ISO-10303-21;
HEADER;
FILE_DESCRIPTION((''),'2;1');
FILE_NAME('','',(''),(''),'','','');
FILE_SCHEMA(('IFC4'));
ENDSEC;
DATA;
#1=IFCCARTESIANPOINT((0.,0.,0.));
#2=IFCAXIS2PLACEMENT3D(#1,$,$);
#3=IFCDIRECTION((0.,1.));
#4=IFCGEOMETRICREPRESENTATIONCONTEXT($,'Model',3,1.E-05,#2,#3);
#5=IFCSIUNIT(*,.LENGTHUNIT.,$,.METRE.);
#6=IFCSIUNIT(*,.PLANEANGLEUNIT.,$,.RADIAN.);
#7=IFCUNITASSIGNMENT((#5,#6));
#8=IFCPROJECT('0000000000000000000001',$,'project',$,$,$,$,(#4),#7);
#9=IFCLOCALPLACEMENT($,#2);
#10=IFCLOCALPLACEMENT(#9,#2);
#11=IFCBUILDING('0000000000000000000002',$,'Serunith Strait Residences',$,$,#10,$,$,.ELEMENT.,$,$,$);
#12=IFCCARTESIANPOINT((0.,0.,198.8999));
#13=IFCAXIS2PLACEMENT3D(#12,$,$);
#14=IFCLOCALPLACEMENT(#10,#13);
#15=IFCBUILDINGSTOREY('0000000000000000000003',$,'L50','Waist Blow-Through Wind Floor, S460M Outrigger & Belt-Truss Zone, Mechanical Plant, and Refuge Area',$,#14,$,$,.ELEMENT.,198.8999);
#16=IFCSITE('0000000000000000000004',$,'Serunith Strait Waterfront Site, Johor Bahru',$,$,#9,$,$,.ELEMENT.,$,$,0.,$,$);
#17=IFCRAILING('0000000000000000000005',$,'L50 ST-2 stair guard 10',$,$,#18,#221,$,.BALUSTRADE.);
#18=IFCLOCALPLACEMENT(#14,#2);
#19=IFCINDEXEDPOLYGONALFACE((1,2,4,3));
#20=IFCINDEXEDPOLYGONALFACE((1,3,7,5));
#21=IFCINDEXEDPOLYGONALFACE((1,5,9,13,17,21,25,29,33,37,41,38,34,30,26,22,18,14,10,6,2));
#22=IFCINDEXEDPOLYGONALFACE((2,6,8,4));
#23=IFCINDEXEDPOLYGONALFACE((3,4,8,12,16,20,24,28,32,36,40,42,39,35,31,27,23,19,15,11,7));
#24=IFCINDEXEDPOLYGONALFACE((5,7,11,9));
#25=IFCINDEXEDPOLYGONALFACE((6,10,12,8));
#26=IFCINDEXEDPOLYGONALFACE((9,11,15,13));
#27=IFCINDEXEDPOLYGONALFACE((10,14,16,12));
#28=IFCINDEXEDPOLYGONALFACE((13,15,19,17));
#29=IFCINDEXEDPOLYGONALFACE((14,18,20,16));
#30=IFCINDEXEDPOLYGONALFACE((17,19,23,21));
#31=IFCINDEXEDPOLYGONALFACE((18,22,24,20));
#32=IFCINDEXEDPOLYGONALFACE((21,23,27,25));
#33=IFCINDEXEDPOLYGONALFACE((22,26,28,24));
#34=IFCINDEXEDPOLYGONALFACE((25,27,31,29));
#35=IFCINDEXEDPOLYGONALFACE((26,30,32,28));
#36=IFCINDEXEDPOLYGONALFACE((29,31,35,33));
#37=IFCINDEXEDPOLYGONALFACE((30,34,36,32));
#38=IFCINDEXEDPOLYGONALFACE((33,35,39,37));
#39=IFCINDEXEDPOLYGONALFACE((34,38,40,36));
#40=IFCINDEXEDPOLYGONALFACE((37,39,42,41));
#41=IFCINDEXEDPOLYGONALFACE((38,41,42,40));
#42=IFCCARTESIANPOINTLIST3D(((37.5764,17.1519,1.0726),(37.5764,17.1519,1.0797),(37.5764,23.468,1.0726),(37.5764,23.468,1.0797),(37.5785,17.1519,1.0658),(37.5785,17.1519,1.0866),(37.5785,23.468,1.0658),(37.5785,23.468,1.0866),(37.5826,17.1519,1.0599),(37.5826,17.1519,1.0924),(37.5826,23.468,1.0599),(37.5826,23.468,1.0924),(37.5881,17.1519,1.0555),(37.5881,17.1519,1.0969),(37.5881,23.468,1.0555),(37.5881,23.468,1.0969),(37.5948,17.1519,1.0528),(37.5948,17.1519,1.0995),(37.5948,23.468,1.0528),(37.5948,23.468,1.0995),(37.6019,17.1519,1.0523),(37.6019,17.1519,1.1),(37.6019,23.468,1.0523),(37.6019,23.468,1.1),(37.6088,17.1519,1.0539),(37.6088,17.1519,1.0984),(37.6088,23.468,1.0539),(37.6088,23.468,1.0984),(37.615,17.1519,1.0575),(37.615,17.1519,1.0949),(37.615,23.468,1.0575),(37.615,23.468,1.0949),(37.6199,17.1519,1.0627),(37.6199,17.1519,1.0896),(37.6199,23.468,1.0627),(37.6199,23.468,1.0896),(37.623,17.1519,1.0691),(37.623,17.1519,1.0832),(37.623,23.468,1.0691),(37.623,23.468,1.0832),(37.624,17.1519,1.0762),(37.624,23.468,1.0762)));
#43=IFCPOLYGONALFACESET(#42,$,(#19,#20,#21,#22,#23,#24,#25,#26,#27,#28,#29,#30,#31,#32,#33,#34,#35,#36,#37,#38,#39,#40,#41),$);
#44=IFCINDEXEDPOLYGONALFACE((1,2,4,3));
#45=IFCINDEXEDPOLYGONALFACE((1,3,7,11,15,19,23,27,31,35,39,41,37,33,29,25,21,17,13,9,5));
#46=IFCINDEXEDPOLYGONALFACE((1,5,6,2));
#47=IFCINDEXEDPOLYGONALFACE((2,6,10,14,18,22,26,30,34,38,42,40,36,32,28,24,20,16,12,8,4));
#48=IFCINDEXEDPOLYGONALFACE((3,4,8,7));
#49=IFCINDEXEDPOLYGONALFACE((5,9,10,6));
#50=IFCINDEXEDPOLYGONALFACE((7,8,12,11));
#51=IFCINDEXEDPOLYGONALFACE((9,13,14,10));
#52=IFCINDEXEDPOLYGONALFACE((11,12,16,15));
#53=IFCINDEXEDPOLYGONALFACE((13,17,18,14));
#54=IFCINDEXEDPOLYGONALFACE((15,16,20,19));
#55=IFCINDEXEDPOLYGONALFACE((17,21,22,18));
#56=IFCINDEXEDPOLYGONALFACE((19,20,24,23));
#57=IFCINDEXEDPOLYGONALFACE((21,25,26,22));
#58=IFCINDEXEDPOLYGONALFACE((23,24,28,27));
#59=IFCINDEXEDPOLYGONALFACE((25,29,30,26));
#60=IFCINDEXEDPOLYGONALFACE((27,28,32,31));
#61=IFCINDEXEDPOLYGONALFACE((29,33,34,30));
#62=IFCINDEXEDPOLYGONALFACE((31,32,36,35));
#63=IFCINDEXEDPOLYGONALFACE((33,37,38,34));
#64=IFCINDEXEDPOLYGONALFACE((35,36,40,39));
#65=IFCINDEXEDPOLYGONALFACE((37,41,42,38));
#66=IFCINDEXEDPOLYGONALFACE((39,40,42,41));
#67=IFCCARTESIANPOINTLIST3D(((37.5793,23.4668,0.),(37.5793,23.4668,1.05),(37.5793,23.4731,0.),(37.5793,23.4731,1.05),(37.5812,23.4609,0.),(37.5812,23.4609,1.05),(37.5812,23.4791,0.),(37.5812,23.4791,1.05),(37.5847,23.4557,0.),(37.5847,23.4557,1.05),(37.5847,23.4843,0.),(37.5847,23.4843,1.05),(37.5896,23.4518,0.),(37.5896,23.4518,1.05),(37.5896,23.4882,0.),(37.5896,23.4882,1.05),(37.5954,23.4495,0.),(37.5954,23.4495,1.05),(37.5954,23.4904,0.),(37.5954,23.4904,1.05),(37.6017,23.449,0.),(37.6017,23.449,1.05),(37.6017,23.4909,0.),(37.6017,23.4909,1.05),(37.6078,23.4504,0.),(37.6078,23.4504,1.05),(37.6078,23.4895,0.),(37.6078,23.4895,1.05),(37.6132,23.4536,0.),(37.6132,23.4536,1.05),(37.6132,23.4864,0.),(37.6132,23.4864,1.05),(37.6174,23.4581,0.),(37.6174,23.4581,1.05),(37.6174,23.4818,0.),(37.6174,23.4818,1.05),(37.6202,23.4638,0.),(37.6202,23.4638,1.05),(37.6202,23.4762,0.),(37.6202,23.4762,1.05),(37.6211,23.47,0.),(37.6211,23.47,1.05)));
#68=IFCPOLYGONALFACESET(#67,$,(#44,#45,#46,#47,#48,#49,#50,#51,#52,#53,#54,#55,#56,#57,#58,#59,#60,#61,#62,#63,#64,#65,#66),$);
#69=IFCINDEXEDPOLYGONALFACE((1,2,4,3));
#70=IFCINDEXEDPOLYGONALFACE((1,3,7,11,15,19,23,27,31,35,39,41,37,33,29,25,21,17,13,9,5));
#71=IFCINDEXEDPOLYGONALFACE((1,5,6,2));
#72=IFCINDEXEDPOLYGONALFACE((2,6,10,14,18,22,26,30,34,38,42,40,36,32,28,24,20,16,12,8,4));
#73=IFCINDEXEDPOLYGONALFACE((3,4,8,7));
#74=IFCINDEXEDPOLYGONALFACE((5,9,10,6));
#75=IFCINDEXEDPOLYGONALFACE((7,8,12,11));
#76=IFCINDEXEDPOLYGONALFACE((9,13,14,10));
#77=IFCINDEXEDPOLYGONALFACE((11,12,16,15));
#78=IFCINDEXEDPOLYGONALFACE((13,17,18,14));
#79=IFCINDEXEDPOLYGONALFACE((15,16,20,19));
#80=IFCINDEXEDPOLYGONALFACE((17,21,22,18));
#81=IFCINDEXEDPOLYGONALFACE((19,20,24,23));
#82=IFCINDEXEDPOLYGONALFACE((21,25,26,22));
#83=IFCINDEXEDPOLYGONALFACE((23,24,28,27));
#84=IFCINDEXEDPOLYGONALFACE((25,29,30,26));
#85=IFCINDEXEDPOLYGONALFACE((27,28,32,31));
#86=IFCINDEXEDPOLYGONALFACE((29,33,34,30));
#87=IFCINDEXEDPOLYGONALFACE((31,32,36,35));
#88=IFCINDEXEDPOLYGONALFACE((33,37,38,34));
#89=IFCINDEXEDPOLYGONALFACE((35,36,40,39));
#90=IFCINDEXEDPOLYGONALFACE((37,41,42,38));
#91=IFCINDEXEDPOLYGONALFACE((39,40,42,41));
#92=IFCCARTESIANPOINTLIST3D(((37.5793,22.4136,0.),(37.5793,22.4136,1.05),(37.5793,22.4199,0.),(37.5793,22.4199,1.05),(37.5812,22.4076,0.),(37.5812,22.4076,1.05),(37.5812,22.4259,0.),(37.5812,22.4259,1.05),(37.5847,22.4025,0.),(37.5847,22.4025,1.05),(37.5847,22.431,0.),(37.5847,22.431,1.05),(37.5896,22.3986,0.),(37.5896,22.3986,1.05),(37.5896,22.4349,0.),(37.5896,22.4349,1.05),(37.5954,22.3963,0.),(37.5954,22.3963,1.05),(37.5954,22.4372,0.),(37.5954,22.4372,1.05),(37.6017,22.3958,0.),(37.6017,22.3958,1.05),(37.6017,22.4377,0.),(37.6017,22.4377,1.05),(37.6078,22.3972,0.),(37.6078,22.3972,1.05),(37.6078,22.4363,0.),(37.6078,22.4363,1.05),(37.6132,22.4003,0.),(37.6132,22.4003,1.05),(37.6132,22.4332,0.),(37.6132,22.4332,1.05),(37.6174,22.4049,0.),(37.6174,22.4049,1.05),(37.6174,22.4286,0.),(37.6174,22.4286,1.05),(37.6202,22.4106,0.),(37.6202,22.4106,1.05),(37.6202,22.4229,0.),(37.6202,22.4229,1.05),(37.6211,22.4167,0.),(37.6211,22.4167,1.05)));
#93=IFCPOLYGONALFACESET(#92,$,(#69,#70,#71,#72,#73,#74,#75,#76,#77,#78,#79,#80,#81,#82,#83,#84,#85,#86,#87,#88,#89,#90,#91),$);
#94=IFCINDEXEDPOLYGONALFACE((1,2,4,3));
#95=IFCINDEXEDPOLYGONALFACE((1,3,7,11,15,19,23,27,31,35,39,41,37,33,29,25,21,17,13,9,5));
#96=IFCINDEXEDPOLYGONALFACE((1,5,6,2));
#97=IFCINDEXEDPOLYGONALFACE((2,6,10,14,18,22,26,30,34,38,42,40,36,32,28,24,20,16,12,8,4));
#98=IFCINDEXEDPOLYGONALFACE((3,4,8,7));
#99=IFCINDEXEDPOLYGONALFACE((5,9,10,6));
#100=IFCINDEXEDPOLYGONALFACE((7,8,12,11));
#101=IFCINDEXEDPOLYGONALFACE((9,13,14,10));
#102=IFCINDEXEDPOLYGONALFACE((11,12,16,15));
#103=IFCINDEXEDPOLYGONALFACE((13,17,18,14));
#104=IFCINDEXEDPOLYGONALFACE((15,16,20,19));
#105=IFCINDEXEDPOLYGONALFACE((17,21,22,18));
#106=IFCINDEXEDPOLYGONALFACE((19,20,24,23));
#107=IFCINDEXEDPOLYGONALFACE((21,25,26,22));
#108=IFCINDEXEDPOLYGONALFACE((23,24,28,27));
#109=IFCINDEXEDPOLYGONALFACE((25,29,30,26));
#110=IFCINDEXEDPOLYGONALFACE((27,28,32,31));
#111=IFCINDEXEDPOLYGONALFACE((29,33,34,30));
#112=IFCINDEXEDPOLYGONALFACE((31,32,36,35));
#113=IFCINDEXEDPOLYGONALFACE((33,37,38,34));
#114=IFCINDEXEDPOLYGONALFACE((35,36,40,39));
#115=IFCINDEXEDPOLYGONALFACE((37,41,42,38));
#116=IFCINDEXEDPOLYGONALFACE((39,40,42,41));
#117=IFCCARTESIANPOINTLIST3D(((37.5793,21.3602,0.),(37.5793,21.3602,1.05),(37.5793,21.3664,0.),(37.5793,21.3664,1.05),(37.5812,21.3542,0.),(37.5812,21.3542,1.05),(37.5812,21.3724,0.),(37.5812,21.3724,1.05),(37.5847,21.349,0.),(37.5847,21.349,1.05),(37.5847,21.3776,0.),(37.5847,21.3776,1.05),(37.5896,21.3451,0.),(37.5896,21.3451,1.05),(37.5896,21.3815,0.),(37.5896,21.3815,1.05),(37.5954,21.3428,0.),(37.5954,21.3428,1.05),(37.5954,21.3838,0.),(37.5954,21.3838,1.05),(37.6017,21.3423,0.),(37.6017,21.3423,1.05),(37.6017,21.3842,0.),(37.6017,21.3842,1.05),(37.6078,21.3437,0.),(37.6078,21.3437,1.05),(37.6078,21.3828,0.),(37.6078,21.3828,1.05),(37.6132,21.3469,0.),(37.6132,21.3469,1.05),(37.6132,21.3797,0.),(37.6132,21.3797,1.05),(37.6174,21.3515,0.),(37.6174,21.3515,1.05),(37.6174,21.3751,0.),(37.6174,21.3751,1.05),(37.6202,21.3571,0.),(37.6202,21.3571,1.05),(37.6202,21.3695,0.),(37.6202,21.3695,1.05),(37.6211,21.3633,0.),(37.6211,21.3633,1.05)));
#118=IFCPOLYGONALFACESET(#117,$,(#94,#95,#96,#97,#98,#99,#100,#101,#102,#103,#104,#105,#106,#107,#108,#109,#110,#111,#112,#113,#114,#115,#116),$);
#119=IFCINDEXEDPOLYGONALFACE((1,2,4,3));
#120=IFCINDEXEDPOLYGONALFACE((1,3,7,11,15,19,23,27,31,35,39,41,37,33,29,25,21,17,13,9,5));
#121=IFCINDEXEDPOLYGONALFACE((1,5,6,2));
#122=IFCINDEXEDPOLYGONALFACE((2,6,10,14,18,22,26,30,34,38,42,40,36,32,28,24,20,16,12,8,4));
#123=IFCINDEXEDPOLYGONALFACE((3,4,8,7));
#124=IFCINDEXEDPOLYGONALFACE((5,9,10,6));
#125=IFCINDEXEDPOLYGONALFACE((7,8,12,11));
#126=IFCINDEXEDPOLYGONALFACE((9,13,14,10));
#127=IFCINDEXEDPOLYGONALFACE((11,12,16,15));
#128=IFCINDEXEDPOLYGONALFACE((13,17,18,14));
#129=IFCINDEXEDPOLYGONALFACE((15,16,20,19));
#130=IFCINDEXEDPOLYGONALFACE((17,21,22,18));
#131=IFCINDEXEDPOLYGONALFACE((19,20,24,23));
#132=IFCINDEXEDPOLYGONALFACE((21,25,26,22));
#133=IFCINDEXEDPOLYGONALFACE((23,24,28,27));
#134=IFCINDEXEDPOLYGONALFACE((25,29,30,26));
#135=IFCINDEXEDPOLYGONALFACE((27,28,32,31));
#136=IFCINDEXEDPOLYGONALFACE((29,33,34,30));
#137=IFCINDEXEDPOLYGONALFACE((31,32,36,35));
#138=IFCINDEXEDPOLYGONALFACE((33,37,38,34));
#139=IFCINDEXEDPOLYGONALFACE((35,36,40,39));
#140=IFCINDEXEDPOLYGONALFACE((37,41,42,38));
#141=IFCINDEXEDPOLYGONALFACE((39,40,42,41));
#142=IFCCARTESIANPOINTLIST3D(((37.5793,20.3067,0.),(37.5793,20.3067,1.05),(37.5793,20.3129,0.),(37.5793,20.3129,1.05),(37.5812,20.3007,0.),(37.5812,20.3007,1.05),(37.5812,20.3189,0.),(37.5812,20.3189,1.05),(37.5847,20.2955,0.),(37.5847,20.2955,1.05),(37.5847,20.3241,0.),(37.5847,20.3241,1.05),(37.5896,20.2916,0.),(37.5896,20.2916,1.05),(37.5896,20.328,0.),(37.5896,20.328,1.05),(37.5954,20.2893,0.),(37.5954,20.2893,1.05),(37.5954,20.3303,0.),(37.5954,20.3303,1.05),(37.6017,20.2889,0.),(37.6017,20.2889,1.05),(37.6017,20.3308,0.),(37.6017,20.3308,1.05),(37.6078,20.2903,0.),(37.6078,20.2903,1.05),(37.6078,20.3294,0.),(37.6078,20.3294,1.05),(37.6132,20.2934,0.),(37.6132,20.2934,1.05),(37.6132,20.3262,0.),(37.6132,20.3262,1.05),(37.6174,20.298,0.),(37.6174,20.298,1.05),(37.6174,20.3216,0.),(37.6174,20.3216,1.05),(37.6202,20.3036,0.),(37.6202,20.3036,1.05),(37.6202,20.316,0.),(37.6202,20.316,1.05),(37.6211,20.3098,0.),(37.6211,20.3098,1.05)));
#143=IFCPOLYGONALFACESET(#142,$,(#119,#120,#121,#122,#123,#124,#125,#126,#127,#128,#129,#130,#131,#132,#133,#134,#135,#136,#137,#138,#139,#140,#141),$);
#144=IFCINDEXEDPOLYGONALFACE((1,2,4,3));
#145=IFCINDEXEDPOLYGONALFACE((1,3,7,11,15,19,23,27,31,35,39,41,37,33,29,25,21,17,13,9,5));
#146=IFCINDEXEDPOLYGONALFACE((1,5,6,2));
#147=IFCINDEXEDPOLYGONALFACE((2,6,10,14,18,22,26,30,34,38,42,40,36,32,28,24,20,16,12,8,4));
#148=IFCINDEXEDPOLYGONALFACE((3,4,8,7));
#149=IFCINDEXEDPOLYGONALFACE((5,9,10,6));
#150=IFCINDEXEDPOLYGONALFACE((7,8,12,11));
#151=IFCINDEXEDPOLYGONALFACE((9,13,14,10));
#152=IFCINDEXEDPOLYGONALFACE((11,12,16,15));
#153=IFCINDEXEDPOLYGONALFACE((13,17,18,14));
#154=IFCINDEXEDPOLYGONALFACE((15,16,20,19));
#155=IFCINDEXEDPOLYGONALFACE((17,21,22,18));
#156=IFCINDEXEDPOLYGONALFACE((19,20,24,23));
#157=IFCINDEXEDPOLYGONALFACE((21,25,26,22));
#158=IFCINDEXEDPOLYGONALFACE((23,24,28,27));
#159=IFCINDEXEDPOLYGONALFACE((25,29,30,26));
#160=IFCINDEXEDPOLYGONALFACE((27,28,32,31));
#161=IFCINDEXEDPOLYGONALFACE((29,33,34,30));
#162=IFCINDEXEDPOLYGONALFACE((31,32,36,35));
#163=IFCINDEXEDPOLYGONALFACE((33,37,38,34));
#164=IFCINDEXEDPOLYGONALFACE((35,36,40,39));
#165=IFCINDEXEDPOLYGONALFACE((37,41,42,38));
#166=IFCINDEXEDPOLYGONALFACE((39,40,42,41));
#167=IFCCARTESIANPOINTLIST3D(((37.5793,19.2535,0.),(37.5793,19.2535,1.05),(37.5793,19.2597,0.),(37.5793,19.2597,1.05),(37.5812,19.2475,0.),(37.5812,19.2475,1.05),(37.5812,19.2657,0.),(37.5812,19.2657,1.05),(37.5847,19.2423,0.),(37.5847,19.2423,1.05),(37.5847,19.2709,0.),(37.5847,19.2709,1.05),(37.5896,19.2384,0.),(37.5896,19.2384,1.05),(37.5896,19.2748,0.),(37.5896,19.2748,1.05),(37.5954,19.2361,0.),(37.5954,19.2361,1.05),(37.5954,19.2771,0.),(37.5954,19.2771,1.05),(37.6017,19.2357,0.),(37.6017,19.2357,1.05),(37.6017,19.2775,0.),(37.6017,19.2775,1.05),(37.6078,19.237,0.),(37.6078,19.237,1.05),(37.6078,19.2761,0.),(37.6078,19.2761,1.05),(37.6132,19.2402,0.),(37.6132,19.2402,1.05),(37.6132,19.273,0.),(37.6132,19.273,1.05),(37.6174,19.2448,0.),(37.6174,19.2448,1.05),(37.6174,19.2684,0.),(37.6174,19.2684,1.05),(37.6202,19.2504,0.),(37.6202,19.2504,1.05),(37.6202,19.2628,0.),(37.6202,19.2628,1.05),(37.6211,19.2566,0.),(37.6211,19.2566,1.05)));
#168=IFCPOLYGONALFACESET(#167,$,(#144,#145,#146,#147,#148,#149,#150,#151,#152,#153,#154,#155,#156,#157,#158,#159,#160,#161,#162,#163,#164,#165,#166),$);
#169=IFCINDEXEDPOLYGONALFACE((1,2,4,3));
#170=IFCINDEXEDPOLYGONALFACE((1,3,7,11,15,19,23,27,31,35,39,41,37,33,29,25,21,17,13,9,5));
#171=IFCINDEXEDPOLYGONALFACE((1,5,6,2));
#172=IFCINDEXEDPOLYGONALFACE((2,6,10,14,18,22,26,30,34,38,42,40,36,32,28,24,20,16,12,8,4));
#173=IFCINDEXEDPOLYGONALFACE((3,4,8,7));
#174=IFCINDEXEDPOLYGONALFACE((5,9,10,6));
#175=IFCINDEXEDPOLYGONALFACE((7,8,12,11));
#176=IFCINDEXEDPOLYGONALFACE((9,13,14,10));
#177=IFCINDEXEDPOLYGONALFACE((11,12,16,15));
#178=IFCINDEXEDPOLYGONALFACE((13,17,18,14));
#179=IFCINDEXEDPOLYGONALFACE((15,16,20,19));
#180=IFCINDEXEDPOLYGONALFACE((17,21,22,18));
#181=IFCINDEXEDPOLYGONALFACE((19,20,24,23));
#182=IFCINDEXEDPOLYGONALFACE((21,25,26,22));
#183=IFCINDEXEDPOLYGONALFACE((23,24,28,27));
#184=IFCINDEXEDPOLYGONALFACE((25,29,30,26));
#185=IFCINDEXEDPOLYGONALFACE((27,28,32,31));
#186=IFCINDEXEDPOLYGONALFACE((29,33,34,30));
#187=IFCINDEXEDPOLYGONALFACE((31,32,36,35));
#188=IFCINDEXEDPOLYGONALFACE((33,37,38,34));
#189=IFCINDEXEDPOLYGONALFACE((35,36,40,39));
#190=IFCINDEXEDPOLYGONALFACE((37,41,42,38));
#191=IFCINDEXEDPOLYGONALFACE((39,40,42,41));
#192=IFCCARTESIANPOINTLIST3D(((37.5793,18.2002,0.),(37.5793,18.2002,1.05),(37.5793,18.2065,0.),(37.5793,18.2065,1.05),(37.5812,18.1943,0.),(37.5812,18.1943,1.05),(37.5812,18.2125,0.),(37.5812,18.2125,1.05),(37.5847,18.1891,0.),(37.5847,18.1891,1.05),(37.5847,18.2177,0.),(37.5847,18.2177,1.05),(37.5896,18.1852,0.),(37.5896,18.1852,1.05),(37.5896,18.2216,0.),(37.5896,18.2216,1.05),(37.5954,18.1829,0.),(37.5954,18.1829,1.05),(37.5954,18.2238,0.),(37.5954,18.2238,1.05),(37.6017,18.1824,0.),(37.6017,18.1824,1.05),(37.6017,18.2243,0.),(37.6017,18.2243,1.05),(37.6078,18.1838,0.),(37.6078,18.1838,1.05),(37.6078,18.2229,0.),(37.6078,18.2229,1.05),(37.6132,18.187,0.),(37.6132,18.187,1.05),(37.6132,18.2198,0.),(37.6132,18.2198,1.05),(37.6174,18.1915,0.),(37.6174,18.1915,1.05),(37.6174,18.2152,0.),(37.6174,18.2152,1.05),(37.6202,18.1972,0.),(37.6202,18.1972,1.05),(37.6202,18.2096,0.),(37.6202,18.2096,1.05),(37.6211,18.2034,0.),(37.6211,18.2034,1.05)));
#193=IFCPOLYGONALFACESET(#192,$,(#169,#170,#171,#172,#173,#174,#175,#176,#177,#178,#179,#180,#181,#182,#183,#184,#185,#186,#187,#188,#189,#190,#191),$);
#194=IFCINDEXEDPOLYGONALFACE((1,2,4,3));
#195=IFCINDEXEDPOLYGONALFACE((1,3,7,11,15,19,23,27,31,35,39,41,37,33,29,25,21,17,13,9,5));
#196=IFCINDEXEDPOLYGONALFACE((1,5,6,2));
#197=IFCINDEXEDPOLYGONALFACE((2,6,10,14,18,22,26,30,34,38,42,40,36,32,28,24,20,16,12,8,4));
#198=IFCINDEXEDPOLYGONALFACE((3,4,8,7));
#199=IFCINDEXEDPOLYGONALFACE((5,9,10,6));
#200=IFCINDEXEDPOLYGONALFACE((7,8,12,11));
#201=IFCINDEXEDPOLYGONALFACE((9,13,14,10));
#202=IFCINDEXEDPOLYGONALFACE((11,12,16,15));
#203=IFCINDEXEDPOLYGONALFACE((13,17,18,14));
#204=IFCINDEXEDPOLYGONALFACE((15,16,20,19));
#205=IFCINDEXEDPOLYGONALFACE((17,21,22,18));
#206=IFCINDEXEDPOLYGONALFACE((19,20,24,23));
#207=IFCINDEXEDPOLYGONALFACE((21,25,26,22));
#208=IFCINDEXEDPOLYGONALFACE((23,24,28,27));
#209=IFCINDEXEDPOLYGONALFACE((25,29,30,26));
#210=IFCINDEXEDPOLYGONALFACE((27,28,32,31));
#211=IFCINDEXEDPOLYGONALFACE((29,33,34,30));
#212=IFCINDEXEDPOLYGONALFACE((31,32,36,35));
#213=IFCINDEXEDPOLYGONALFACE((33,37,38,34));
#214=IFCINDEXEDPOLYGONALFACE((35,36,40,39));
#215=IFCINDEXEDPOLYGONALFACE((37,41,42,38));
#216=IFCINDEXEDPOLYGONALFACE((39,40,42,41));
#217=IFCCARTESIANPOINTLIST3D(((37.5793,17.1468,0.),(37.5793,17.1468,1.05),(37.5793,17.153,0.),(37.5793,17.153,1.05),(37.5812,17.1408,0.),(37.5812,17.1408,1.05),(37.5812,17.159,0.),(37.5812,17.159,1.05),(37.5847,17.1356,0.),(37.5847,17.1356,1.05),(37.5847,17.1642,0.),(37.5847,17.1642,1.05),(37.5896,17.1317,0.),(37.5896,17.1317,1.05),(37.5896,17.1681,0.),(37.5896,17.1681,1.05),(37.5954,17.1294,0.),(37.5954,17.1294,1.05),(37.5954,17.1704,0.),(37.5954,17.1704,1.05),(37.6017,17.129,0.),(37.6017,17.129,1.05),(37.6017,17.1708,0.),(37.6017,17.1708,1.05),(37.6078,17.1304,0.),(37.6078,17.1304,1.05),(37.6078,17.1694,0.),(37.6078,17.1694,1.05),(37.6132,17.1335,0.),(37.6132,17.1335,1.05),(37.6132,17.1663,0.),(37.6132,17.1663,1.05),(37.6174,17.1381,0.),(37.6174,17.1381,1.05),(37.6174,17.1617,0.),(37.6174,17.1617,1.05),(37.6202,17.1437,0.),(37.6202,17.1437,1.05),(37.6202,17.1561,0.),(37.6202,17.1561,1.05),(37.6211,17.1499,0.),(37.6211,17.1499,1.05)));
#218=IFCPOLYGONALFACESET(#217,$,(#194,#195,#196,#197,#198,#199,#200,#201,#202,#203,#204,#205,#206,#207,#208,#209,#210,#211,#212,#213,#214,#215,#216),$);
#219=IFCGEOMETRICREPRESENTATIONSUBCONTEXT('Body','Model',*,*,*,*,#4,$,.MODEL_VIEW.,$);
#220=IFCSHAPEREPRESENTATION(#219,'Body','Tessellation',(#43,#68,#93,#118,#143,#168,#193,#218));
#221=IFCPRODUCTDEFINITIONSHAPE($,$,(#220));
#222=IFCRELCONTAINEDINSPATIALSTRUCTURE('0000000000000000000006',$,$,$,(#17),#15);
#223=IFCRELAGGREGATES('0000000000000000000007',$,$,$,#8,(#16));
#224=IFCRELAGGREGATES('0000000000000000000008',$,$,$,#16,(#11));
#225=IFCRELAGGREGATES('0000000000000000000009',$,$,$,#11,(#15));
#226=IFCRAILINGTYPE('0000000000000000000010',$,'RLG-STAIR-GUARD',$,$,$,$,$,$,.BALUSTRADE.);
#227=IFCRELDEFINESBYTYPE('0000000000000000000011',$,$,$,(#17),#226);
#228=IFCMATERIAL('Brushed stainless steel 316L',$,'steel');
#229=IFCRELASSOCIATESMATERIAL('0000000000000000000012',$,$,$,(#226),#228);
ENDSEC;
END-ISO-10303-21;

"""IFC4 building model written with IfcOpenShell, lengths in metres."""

from ifc_helpers import new_model, si_unit, direction, frame, origin, origin_2d, place, context, subcontext, project, spatial, circle, extrude, material, type_object, element, save


model = new_model("IFC4")

# Units and contexts
model_context = context("Model", 3, precision=1e-05, world=origin(), true_north=direction((0.0, 1.0)))
body_context = subcontext(model_context, "Body", "Model", "MODEL_VIEW")
ifc_project = project(units=[si_unit("LENGTHUNIT", "METRE"), si_unit("PLANEANGLEUNIT", "RADIAN")], contexts=[model_context])

# Site, building, storey
site_placement = place(None, origin())
site = spatial("IfcSite", under=ifc_project, at=site_placement, Name="Serunith Strait Waterfront Site, Johor Bahru", CompositionType="ELEMENT", RefElevation=0.0)
building_placement = place(site_placement, origin())
building = spatial("IfcBuilding", under=site, at=building_placement, Name="Serunith Strait Residences", CompositionType="ELEMENT")
storey_placement = place(building_placement, frame((0.0, 0.0, 198.8999)))
storey = spatial("IfcBuildingStorey", under=building, at=storey_placement, Name="L50", Description="Waist Blow-Through Wind Floor, S460M Outrigger & Belt-Truss Zone, Mechanical Plant, and Refuge Area", CompositionType="ELEMENT", Elevation=198.8999)

# Railing
ifc_material_1 = material(Name="Brushed stainless steel 316L", Category="steel")
railing_type_1 = type_object("IfcRailingType", Name="RLG-STAIR-GUARD", PredefinedType="BALUSTRADE", material=ifc_material_1)
railing_1_placement = place(storey_placement, frame((37.6001, 23.47, 0.0)))
element("IfcRailing", 1, at=railing_1_placement, inside=storey, type_object=railing_type_1, Name="L50 ST-2 stair guard 10", PredefinedType="BALUSTRADE", context=body_context, shape_type="SweptSolid", body=[
    extrude(circle(Radius=0.0239, at=origin_2d()), frame((0.0, -0.002, 1.0762), z_axis=(0.0, -1.0, 0.0), x_axis=(1.0, 0.0, 0.0)), (0.0, 0.0, 1.0), 6.3162),
    extrude(circle(Radius=0.021, at=origin_2d()), origin(), (0.0, 0.0, 1.0), 1.05),
    extrude(circle(Radius=0.021, at=origin_2d()), frame((0.0, -1.0532, 0.0)), (0.0, 0.0, 1.0), 1.05),
    extrude(circle(Radius=0.021, at=origin_2d()), frame((0.0, -2.1067, 0.0)), (0.0, 0.0, 1.0), 1.05),
    extrude(circle(Radius=0.021, at=origin_2d()), frame((0.0, -3.1602, 0.0)), (0.0, 0.0, 1.0), 1.05),
    extrude(circle(Radius=0.021, at=origin_2d()), frame((0.0, -4.2134, 0.0)), (0.0, 0.0, 1.0), 1.05),
    extrude(circle(Radius=0.021, at=origin_2d()), frame((0.0, -5.2666, 0.0)), (0.0, 0.0, 1.0), 1.05),
    extrude(circle(Radius=0.021, at=origin_2d()), frame((0.0, -6.3201, 0.0)), (0.0, 0.0, 1.0), 1.05),
])

save(model, "model.ifc")
